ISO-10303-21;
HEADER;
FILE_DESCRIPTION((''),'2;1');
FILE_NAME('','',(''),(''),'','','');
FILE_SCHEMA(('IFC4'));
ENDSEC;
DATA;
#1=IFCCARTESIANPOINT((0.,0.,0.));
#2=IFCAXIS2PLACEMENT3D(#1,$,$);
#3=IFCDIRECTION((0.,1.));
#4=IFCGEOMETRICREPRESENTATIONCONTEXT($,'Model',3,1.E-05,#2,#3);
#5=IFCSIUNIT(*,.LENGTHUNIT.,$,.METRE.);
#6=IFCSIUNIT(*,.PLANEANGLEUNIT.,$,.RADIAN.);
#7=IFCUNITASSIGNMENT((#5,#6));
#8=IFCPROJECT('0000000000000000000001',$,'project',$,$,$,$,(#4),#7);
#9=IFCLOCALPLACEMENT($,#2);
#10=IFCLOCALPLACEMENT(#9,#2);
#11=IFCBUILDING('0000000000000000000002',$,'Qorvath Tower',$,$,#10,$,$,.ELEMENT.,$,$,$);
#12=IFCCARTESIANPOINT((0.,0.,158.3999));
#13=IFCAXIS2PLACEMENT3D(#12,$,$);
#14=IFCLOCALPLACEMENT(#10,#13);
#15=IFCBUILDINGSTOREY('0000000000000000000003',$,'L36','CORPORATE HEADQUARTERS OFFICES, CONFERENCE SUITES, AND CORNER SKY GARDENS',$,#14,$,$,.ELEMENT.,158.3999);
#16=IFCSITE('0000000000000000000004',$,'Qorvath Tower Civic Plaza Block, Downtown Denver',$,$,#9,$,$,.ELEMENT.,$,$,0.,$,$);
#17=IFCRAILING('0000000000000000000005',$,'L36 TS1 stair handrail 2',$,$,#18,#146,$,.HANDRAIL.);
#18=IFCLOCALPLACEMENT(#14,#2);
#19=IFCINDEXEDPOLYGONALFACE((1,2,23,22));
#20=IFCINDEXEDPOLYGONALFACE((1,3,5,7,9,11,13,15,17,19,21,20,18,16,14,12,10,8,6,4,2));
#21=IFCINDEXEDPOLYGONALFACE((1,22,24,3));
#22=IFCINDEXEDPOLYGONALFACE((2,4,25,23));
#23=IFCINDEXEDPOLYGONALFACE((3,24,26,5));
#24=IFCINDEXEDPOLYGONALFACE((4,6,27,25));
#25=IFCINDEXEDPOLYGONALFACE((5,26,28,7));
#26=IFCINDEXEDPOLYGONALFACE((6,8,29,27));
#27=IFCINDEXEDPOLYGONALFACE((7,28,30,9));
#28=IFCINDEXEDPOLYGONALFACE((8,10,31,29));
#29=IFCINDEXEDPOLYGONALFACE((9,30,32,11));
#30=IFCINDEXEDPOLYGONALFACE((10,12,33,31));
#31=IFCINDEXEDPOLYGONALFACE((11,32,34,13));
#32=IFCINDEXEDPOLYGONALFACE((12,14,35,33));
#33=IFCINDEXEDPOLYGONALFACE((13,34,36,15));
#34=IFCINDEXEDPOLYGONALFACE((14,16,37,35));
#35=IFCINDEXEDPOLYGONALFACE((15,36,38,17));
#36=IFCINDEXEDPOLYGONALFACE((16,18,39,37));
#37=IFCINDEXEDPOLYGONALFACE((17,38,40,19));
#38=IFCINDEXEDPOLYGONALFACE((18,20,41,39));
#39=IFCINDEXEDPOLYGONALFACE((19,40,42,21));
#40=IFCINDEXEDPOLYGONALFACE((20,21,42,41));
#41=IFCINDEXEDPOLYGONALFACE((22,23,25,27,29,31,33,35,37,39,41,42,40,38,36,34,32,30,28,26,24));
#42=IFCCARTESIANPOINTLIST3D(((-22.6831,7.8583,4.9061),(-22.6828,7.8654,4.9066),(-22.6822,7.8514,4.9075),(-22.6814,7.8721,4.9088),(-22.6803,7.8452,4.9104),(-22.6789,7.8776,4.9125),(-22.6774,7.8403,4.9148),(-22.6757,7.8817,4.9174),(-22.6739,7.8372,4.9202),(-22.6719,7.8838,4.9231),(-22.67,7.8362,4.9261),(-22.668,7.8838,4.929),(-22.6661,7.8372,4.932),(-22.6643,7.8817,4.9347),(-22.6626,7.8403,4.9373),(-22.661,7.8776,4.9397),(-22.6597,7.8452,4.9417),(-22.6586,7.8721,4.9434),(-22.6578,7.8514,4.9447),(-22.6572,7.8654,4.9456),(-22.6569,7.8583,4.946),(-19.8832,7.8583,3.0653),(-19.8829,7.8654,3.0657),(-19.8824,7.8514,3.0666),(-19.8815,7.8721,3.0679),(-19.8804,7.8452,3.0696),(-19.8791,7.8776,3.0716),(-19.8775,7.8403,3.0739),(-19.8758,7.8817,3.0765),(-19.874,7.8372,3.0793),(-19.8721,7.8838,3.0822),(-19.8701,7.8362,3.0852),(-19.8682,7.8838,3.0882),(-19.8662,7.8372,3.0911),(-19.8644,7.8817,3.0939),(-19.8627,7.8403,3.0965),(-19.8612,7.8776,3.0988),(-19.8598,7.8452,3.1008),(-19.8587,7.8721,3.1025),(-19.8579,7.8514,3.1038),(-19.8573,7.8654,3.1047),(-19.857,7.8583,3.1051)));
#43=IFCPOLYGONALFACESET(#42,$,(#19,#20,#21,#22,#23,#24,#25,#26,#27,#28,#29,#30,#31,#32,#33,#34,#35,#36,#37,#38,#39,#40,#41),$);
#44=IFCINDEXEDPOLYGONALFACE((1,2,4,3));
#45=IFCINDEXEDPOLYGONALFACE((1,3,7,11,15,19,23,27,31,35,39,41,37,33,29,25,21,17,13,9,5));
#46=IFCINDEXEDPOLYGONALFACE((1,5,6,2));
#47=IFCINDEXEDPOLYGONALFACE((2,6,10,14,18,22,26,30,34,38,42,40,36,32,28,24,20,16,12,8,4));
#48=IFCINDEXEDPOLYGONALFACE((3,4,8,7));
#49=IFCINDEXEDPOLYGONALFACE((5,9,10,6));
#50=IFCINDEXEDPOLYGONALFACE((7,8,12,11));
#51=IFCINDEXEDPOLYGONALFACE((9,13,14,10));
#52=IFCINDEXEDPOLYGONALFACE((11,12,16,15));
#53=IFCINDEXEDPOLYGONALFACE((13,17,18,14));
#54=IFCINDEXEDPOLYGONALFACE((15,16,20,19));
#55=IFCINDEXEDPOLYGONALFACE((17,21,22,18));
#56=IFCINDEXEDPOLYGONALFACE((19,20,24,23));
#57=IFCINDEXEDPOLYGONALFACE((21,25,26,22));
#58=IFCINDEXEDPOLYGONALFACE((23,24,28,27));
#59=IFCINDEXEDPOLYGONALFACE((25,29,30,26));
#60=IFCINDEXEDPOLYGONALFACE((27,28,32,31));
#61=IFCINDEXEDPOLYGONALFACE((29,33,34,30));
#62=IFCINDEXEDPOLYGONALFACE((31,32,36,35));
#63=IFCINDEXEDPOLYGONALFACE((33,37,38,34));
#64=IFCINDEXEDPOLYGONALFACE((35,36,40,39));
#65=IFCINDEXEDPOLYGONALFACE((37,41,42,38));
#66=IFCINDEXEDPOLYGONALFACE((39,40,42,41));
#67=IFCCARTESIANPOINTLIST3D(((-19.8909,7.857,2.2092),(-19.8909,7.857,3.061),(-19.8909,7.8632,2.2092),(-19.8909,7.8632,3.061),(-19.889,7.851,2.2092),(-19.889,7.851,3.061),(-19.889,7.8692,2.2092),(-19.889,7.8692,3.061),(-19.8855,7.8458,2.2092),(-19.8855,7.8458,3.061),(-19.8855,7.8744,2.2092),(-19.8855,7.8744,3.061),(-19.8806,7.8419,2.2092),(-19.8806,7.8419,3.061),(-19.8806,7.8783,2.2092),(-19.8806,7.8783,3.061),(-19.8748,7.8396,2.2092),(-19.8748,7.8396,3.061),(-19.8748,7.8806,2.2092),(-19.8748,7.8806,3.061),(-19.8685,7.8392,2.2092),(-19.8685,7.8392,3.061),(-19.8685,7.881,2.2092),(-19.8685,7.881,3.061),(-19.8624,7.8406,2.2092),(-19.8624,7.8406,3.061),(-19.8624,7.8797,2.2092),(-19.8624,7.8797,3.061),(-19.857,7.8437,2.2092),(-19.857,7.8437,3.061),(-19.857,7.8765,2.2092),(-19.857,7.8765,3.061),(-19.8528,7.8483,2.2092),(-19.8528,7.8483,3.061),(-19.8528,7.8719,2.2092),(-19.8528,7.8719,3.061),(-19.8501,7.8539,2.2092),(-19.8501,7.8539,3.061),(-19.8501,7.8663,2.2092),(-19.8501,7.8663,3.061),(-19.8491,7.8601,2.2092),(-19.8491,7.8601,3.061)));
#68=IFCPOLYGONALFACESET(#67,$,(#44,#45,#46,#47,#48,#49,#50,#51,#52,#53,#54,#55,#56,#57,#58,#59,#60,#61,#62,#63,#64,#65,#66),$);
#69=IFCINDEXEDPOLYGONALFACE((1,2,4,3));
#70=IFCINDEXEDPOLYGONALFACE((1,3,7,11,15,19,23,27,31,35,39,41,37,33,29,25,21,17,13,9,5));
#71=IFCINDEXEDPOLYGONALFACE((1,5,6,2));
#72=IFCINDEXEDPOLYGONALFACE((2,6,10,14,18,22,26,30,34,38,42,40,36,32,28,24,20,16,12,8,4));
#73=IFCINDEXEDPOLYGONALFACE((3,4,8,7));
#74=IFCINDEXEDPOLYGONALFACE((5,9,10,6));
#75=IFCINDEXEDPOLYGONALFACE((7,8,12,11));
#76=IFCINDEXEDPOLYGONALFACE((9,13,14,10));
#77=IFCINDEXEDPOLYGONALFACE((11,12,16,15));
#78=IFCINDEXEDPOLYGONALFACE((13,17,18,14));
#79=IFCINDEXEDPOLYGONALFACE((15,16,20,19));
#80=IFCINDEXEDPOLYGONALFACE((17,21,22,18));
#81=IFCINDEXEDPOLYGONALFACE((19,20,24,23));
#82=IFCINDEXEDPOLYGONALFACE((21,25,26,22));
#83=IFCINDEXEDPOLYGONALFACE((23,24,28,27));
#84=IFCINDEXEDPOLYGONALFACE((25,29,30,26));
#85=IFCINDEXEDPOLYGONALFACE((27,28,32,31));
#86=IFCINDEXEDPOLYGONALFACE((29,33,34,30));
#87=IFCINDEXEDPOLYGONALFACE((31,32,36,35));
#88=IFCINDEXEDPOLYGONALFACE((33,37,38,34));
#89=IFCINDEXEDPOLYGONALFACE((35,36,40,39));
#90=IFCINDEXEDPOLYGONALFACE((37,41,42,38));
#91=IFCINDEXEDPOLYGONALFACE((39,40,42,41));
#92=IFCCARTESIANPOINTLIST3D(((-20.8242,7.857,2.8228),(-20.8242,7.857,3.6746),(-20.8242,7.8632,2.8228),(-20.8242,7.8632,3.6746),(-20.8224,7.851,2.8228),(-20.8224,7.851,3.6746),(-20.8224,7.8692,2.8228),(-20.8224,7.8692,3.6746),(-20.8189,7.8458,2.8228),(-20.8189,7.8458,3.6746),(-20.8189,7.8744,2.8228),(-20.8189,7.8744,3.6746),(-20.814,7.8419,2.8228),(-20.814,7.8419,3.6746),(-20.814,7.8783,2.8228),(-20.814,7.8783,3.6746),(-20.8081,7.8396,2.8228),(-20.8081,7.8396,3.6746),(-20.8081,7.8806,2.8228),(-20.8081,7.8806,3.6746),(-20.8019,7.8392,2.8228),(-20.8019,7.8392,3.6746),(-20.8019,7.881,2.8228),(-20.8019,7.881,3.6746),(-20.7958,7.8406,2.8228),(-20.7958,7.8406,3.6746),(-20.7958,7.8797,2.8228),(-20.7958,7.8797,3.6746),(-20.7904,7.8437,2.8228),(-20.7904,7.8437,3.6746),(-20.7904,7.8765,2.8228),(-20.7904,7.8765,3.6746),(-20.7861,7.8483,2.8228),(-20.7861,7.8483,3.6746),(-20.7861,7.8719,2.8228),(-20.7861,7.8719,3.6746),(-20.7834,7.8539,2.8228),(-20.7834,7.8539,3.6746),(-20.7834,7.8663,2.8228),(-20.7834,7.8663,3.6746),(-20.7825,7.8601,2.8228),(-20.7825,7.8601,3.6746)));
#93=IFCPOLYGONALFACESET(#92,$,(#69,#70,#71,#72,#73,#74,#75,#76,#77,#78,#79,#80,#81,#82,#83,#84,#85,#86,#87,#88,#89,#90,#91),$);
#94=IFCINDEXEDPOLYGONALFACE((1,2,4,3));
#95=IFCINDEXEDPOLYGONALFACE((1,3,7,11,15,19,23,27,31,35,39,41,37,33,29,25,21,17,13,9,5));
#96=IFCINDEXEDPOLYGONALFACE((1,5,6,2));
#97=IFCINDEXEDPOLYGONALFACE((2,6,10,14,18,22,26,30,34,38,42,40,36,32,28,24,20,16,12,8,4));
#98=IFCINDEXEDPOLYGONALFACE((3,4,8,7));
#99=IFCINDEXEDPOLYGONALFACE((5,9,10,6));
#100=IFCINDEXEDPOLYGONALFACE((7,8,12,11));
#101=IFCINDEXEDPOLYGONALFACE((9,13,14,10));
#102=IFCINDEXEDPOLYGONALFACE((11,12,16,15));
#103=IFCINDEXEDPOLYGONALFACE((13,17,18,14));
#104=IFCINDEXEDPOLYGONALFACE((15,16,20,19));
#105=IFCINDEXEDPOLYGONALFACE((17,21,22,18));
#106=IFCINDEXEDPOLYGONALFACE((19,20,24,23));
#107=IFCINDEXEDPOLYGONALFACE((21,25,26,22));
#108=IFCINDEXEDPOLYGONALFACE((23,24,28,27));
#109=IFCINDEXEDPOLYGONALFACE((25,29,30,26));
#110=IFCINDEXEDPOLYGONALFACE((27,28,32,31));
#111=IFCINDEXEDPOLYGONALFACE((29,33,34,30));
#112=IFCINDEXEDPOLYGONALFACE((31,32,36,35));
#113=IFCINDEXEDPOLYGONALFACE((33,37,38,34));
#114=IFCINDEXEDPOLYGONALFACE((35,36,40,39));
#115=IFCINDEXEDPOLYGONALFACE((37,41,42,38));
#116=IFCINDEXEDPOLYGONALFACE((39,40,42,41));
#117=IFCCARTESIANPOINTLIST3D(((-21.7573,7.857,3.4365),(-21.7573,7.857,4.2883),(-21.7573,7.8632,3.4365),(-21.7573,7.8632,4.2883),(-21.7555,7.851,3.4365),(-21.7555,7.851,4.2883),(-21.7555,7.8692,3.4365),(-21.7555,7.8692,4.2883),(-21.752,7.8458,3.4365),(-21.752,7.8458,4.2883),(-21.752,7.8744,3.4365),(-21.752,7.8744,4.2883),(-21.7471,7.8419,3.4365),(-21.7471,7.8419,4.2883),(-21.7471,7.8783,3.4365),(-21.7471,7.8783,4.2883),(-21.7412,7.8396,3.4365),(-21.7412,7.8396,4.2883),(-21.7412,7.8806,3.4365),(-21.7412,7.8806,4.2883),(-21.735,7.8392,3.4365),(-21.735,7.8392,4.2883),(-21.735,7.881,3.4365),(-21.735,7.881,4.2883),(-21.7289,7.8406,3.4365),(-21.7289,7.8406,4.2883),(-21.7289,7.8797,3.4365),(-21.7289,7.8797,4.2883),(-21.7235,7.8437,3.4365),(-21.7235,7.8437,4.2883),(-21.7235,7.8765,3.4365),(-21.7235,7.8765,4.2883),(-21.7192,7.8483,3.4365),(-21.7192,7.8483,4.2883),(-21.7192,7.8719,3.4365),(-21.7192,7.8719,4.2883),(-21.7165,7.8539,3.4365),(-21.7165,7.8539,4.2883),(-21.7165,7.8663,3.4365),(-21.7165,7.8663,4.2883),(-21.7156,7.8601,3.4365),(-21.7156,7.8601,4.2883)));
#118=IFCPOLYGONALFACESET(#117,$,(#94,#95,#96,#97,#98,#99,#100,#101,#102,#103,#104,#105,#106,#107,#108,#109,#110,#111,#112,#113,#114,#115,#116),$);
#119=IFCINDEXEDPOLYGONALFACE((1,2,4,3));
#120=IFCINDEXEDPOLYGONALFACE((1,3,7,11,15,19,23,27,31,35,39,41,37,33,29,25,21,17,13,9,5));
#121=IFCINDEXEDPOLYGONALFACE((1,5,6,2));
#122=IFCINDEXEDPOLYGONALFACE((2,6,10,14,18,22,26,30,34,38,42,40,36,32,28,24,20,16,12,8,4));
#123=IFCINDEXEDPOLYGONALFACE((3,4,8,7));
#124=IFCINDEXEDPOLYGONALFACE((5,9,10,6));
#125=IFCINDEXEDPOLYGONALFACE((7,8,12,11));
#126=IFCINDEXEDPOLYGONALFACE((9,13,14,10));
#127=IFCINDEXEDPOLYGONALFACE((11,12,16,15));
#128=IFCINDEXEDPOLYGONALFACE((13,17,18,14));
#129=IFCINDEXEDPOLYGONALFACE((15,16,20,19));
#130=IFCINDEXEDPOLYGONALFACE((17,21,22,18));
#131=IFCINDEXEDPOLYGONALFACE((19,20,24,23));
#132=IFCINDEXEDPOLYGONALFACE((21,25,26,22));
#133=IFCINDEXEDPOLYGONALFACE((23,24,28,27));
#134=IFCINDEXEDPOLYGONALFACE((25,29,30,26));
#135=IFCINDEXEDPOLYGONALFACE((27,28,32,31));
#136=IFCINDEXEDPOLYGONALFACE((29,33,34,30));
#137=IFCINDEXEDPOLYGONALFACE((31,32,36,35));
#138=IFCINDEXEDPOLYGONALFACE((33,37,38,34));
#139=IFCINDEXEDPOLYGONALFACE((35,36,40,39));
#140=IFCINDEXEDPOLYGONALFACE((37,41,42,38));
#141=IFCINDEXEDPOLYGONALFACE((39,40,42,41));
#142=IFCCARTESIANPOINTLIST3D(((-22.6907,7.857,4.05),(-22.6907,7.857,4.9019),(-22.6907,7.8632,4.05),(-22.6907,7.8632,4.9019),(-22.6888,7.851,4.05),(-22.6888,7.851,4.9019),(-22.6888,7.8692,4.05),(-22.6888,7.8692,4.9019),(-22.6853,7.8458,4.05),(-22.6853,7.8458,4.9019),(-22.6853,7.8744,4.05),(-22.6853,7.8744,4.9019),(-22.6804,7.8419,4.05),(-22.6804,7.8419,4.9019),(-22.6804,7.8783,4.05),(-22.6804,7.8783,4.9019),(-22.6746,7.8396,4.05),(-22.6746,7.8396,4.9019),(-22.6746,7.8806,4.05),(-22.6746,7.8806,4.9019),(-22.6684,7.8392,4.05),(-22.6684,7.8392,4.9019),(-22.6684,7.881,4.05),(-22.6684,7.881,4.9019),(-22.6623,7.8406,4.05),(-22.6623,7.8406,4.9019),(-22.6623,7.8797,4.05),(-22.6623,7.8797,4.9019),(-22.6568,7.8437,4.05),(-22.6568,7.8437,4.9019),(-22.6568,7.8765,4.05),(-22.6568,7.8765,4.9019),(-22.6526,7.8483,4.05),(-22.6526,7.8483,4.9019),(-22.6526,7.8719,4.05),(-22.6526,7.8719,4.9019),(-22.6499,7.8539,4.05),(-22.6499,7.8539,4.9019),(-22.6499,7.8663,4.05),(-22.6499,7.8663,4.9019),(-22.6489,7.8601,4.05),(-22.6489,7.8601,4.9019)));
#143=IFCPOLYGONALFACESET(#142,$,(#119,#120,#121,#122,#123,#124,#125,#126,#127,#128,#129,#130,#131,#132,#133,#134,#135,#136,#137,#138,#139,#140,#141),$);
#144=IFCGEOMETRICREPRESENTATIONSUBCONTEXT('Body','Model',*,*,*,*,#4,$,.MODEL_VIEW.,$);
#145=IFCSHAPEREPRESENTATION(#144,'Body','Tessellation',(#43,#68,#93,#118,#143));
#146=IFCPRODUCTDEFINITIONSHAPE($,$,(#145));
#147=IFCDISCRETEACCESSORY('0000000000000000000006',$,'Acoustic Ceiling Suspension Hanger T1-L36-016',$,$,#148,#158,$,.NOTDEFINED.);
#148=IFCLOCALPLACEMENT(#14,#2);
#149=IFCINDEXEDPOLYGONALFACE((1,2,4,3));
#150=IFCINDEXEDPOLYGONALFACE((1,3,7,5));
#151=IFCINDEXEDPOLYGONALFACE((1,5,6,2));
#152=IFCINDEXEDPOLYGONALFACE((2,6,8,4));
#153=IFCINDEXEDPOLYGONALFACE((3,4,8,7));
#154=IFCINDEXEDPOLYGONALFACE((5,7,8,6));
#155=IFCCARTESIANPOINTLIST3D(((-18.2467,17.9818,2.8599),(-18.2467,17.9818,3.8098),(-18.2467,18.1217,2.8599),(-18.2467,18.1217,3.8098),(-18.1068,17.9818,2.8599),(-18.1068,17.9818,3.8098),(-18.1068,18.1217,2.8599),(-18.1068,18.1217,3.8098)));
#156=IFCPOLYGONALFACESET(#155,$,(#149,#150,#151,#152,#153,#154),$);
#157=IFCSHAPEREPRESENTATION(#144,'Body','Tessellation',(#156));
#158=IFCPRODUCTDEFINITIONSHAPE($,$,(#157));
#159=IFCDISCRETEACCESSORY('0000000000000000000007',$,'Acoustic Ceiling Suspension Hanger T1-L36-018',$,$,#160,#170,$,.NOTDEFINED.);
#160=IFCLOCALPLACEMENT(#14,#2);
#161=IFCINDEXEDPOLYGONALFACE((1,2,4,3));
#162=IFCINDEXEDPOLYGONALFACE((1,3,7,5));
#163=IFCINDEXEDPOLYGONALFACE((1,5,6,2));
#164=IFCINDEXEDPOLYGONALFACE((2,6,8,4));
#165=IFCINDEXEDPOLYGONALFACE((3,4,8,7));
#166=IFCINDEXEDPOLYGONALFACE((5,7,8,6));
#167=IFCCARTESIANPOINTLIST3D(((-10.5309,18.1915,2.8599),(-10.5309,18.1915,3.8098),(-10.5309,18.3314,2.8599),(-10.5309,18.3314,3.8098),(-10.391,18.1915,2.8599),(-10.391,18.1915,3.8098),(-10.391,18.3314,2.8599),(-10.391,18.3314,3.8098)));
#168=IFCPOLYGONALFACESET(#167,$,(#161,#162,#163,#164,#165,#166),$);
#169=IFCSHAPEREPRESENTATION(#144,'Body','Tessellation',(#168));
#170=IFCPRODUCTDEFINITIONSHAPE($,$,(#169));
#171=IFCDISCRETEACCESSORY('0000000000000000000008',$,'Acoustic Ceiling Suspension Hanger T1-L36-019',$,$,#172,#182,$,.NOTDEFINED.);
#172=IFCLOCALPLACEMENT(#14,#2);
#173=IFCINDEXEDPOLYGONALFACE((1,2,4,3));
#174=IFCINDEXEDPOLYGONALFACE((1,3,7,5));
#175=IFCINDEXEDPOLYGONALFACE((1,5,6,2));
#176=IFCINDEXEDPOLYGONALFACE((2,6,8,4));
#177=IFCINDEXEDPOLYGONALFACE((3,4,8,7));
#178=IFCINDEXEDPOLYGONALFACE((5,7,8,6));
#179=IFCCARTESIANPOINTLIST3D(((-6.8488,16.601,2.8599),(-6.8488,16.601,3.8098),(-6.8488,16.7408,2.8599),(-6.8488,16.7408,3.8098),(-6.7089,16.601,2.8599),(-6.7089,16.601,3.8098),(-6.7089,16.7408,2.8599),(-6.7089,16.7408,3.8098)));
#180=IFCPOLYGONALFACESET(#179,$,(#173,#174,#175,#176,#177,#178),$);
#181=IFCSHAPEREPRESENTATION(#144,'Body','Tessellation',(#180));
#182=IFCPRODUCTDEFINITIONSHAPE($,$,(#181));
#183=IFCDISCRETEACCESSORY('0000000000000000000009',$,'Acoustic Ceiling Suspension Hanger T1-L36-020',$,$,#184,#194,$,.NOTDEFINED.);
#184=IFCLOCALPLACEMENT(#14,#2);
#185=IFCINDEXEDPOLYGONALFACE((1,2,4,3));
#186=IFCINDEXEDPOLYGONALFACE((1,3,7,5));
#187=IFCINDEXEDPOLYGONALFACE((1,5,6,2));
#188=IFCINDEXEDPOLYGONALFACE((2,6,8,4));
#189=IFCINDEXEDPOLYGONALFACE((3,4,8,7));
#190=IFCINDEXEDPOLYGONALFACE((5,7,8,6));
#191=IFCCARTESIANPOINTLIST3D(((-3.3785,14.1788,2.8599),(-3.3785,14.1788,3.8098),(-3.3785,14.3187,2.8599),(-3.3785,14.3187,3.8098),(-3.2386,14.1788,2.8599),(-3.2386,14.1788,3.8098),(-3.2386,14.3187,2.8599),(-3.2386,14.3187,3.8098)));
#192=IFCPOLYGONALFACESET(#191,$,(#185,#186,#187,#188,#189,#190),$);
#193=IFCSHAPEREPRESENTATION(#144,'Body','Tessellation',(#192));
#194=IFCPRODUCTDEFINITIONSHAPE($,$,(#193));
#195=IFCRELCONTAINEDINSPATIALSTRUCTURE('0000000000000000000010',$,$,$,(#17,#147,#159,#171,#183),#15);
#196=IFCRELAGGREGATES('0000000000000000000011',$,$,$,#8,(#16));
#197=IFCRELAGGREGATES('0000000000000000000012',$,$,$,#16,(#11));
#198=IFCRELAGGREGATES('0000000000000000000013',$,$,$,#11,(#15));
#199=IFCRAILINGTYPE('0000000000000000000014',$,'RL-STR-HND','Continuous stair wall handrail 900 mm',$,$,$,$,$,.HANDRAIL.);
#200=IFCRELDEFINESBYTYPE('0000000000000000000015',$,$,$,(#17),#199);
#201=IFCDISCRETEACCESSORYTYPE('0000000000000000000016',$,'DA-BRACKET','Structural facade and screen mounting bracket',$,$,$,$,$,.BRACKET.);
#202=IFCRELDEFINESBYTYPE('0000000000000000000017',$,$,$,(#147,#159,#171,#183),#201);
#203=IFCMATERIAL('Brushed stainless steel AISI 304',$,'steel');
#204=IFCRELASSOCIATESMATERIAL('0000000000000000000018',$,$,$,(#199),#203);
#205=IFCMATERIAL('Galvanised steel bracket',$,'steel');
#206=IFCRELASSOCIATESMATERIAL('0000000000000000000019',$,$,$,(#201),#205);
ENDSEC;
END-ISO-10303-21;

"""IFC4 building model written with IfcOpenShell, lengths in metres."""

from ifc_helpers import new_model, si_unit, direction, frame, origin, origin_2d, place, context, subcontext, project, spatial, rectangle, circle, extrude, material, type_object, element, save


model = new_model("IFC4")

# Units and contexts
model_context = context("Model", 3, precision=1e-05, world=origin(), true_north=direction((0.0, 1.0)))
body_context = subcontext(model_context, "Body", "Model", "MODEL_VIEW")
ifc_project = project(units=[si_unit("LENGTHUNIT", "METRE"), si_unit("PLANEANGLEUNIT", "RADIAN")], contexts=[model_context])

# Site, building, storey
site_placement = place(None, origin())
site = spatial("IfcSite", under=ifc_project, at=site_placement, Name="Qorvath Tower Civic Plaza Block, Downtown Denver", CompositionType="ELEMENT", RefElevation=0.0)
building_placement = place(site_placement, origin())
building = spatial("IfcBuilding", under=site, at=building_placement, Name="Qorvath Tower", CompositionType="ELEMENT")
storey_placement = place(building_placement, frame((0.0, 0.0, 158.3999)))
storey = spatial("IfcBuildingStorey", under=building, at=storey_placement, Name="L36", Description="CORPORATE HEADQUARTERS OFFICES, CONFERENCE SUITES, AND CORNER SKY GARDENS", CompositionType="ELEMENT", Elevation=158.3999)

# Railing
ifc_material_1 = material(Name="Brushed stainless steel AISI 304", Category="steel")
railing_type_1 = type_object("IfcRailingType", Name="RL-STR-HND", Description="Continuous stair wall handrail 900 mm", PredefinedType="HANDRAIL", material=ifc_material_1)
railing_1_placement = place(storey_placement, frame((-19.8701, 7.8601, 2.2092)))
element("IfcRailing", 1, at=railing_1_placement, inside=storey, type_object=railing_type_1, Name="L36 TS1 stair handrail 2", PredefinedType="HANDRAIL", context=body_context, shape_type="SweptSolid", body=[
    extrude(circle(Radius=0.0239, at=origin_2d()), frame((0.0, 0.0, 0.876), z_axis=(-0.835576, 0.0, 0.549376), x_axis=(0.0, -1.0, 0.0)), (0.0, 0.0, 1.0), 3.3508),
    extrude(circle(Radius=0.021, at=origin_2d()), origin(), (0.0, 0.0, 1.0), 0.8518),
    extrude(circle(Radius=0.021, at=origin_2d()), frame((-0.9333, 0.0, 0.6135)), (0.0, 0.0, 1.0), 0.8518),
    extrude(circle(Radius=0.021, at=origin_2d()), frame((-1.8665, 0.0, 1.2273)), (0.0, 0.0, 1.0), 0.8518),
    extrude(circle(Radius=0.021, at=origin_2d()), frame((-2.7998, 0.0, 1.8408)), (0.0, 0.0, 1.0), 0.8518),
])

# Discrete accessories
ifc_material_2 = material(Name="Galvanised steel bracket", Category="steel")
discrete_accessory_type = type_object("IfcDiscreteAccessoryType", Name="DA-BRACKET", Description="Structural facade and screen mounting bracket", PredefinedType="BRACKET", material=ifc_material_2)
for number, where, z_axis, x_axis, name in (
    (2, (-18.1768, 18.0518, 2.8599), (0.0, 0.0, 1.0), (1.0, 0.0, 0.0), "Acoustic Ceiling Suspension Hanger T1-L36-016"),
    (3, (-10.4609, 18.2615, 2.8599), (0.0, 0.0, 1.0), (1.0, 0.0, 0.0), "Acoustic Ceiling Suspension Hanger T1-L36-018"),
    (4, (-6.7788, 16.6709, 2.8599), (0.0, 0.0, 1.0), (1.0, 0.0, 0.0), "Acoustic Ceiling Suspension Hanger T1-L36-019"),
    (5, (-3.3086, 14.2488, 2.8599), (0.0, 0.0, 1.0), (1.0, 0.0, 0.0), "Acoustic Ceiling Suspension Hanger T1-L36-020"),
):
    element("IfcDiscreteAccessory", number, at=place(storey_placement, frame(where, z_axis=z_axis, x_axis=x_axis)), inside=storey, type_object=discrete_accessory_type, Name=name, PredefinedType="NOTDEFINED", context=body_context, shape_type="SweptSolid", body=[
        extrude(rectangle(XDim=0.1399, YDim=0.1399, at=origin_2d()), origin(), (0.0, 0.0, 1.0), 0.95),
    ])

save(model, "model.ifc")
